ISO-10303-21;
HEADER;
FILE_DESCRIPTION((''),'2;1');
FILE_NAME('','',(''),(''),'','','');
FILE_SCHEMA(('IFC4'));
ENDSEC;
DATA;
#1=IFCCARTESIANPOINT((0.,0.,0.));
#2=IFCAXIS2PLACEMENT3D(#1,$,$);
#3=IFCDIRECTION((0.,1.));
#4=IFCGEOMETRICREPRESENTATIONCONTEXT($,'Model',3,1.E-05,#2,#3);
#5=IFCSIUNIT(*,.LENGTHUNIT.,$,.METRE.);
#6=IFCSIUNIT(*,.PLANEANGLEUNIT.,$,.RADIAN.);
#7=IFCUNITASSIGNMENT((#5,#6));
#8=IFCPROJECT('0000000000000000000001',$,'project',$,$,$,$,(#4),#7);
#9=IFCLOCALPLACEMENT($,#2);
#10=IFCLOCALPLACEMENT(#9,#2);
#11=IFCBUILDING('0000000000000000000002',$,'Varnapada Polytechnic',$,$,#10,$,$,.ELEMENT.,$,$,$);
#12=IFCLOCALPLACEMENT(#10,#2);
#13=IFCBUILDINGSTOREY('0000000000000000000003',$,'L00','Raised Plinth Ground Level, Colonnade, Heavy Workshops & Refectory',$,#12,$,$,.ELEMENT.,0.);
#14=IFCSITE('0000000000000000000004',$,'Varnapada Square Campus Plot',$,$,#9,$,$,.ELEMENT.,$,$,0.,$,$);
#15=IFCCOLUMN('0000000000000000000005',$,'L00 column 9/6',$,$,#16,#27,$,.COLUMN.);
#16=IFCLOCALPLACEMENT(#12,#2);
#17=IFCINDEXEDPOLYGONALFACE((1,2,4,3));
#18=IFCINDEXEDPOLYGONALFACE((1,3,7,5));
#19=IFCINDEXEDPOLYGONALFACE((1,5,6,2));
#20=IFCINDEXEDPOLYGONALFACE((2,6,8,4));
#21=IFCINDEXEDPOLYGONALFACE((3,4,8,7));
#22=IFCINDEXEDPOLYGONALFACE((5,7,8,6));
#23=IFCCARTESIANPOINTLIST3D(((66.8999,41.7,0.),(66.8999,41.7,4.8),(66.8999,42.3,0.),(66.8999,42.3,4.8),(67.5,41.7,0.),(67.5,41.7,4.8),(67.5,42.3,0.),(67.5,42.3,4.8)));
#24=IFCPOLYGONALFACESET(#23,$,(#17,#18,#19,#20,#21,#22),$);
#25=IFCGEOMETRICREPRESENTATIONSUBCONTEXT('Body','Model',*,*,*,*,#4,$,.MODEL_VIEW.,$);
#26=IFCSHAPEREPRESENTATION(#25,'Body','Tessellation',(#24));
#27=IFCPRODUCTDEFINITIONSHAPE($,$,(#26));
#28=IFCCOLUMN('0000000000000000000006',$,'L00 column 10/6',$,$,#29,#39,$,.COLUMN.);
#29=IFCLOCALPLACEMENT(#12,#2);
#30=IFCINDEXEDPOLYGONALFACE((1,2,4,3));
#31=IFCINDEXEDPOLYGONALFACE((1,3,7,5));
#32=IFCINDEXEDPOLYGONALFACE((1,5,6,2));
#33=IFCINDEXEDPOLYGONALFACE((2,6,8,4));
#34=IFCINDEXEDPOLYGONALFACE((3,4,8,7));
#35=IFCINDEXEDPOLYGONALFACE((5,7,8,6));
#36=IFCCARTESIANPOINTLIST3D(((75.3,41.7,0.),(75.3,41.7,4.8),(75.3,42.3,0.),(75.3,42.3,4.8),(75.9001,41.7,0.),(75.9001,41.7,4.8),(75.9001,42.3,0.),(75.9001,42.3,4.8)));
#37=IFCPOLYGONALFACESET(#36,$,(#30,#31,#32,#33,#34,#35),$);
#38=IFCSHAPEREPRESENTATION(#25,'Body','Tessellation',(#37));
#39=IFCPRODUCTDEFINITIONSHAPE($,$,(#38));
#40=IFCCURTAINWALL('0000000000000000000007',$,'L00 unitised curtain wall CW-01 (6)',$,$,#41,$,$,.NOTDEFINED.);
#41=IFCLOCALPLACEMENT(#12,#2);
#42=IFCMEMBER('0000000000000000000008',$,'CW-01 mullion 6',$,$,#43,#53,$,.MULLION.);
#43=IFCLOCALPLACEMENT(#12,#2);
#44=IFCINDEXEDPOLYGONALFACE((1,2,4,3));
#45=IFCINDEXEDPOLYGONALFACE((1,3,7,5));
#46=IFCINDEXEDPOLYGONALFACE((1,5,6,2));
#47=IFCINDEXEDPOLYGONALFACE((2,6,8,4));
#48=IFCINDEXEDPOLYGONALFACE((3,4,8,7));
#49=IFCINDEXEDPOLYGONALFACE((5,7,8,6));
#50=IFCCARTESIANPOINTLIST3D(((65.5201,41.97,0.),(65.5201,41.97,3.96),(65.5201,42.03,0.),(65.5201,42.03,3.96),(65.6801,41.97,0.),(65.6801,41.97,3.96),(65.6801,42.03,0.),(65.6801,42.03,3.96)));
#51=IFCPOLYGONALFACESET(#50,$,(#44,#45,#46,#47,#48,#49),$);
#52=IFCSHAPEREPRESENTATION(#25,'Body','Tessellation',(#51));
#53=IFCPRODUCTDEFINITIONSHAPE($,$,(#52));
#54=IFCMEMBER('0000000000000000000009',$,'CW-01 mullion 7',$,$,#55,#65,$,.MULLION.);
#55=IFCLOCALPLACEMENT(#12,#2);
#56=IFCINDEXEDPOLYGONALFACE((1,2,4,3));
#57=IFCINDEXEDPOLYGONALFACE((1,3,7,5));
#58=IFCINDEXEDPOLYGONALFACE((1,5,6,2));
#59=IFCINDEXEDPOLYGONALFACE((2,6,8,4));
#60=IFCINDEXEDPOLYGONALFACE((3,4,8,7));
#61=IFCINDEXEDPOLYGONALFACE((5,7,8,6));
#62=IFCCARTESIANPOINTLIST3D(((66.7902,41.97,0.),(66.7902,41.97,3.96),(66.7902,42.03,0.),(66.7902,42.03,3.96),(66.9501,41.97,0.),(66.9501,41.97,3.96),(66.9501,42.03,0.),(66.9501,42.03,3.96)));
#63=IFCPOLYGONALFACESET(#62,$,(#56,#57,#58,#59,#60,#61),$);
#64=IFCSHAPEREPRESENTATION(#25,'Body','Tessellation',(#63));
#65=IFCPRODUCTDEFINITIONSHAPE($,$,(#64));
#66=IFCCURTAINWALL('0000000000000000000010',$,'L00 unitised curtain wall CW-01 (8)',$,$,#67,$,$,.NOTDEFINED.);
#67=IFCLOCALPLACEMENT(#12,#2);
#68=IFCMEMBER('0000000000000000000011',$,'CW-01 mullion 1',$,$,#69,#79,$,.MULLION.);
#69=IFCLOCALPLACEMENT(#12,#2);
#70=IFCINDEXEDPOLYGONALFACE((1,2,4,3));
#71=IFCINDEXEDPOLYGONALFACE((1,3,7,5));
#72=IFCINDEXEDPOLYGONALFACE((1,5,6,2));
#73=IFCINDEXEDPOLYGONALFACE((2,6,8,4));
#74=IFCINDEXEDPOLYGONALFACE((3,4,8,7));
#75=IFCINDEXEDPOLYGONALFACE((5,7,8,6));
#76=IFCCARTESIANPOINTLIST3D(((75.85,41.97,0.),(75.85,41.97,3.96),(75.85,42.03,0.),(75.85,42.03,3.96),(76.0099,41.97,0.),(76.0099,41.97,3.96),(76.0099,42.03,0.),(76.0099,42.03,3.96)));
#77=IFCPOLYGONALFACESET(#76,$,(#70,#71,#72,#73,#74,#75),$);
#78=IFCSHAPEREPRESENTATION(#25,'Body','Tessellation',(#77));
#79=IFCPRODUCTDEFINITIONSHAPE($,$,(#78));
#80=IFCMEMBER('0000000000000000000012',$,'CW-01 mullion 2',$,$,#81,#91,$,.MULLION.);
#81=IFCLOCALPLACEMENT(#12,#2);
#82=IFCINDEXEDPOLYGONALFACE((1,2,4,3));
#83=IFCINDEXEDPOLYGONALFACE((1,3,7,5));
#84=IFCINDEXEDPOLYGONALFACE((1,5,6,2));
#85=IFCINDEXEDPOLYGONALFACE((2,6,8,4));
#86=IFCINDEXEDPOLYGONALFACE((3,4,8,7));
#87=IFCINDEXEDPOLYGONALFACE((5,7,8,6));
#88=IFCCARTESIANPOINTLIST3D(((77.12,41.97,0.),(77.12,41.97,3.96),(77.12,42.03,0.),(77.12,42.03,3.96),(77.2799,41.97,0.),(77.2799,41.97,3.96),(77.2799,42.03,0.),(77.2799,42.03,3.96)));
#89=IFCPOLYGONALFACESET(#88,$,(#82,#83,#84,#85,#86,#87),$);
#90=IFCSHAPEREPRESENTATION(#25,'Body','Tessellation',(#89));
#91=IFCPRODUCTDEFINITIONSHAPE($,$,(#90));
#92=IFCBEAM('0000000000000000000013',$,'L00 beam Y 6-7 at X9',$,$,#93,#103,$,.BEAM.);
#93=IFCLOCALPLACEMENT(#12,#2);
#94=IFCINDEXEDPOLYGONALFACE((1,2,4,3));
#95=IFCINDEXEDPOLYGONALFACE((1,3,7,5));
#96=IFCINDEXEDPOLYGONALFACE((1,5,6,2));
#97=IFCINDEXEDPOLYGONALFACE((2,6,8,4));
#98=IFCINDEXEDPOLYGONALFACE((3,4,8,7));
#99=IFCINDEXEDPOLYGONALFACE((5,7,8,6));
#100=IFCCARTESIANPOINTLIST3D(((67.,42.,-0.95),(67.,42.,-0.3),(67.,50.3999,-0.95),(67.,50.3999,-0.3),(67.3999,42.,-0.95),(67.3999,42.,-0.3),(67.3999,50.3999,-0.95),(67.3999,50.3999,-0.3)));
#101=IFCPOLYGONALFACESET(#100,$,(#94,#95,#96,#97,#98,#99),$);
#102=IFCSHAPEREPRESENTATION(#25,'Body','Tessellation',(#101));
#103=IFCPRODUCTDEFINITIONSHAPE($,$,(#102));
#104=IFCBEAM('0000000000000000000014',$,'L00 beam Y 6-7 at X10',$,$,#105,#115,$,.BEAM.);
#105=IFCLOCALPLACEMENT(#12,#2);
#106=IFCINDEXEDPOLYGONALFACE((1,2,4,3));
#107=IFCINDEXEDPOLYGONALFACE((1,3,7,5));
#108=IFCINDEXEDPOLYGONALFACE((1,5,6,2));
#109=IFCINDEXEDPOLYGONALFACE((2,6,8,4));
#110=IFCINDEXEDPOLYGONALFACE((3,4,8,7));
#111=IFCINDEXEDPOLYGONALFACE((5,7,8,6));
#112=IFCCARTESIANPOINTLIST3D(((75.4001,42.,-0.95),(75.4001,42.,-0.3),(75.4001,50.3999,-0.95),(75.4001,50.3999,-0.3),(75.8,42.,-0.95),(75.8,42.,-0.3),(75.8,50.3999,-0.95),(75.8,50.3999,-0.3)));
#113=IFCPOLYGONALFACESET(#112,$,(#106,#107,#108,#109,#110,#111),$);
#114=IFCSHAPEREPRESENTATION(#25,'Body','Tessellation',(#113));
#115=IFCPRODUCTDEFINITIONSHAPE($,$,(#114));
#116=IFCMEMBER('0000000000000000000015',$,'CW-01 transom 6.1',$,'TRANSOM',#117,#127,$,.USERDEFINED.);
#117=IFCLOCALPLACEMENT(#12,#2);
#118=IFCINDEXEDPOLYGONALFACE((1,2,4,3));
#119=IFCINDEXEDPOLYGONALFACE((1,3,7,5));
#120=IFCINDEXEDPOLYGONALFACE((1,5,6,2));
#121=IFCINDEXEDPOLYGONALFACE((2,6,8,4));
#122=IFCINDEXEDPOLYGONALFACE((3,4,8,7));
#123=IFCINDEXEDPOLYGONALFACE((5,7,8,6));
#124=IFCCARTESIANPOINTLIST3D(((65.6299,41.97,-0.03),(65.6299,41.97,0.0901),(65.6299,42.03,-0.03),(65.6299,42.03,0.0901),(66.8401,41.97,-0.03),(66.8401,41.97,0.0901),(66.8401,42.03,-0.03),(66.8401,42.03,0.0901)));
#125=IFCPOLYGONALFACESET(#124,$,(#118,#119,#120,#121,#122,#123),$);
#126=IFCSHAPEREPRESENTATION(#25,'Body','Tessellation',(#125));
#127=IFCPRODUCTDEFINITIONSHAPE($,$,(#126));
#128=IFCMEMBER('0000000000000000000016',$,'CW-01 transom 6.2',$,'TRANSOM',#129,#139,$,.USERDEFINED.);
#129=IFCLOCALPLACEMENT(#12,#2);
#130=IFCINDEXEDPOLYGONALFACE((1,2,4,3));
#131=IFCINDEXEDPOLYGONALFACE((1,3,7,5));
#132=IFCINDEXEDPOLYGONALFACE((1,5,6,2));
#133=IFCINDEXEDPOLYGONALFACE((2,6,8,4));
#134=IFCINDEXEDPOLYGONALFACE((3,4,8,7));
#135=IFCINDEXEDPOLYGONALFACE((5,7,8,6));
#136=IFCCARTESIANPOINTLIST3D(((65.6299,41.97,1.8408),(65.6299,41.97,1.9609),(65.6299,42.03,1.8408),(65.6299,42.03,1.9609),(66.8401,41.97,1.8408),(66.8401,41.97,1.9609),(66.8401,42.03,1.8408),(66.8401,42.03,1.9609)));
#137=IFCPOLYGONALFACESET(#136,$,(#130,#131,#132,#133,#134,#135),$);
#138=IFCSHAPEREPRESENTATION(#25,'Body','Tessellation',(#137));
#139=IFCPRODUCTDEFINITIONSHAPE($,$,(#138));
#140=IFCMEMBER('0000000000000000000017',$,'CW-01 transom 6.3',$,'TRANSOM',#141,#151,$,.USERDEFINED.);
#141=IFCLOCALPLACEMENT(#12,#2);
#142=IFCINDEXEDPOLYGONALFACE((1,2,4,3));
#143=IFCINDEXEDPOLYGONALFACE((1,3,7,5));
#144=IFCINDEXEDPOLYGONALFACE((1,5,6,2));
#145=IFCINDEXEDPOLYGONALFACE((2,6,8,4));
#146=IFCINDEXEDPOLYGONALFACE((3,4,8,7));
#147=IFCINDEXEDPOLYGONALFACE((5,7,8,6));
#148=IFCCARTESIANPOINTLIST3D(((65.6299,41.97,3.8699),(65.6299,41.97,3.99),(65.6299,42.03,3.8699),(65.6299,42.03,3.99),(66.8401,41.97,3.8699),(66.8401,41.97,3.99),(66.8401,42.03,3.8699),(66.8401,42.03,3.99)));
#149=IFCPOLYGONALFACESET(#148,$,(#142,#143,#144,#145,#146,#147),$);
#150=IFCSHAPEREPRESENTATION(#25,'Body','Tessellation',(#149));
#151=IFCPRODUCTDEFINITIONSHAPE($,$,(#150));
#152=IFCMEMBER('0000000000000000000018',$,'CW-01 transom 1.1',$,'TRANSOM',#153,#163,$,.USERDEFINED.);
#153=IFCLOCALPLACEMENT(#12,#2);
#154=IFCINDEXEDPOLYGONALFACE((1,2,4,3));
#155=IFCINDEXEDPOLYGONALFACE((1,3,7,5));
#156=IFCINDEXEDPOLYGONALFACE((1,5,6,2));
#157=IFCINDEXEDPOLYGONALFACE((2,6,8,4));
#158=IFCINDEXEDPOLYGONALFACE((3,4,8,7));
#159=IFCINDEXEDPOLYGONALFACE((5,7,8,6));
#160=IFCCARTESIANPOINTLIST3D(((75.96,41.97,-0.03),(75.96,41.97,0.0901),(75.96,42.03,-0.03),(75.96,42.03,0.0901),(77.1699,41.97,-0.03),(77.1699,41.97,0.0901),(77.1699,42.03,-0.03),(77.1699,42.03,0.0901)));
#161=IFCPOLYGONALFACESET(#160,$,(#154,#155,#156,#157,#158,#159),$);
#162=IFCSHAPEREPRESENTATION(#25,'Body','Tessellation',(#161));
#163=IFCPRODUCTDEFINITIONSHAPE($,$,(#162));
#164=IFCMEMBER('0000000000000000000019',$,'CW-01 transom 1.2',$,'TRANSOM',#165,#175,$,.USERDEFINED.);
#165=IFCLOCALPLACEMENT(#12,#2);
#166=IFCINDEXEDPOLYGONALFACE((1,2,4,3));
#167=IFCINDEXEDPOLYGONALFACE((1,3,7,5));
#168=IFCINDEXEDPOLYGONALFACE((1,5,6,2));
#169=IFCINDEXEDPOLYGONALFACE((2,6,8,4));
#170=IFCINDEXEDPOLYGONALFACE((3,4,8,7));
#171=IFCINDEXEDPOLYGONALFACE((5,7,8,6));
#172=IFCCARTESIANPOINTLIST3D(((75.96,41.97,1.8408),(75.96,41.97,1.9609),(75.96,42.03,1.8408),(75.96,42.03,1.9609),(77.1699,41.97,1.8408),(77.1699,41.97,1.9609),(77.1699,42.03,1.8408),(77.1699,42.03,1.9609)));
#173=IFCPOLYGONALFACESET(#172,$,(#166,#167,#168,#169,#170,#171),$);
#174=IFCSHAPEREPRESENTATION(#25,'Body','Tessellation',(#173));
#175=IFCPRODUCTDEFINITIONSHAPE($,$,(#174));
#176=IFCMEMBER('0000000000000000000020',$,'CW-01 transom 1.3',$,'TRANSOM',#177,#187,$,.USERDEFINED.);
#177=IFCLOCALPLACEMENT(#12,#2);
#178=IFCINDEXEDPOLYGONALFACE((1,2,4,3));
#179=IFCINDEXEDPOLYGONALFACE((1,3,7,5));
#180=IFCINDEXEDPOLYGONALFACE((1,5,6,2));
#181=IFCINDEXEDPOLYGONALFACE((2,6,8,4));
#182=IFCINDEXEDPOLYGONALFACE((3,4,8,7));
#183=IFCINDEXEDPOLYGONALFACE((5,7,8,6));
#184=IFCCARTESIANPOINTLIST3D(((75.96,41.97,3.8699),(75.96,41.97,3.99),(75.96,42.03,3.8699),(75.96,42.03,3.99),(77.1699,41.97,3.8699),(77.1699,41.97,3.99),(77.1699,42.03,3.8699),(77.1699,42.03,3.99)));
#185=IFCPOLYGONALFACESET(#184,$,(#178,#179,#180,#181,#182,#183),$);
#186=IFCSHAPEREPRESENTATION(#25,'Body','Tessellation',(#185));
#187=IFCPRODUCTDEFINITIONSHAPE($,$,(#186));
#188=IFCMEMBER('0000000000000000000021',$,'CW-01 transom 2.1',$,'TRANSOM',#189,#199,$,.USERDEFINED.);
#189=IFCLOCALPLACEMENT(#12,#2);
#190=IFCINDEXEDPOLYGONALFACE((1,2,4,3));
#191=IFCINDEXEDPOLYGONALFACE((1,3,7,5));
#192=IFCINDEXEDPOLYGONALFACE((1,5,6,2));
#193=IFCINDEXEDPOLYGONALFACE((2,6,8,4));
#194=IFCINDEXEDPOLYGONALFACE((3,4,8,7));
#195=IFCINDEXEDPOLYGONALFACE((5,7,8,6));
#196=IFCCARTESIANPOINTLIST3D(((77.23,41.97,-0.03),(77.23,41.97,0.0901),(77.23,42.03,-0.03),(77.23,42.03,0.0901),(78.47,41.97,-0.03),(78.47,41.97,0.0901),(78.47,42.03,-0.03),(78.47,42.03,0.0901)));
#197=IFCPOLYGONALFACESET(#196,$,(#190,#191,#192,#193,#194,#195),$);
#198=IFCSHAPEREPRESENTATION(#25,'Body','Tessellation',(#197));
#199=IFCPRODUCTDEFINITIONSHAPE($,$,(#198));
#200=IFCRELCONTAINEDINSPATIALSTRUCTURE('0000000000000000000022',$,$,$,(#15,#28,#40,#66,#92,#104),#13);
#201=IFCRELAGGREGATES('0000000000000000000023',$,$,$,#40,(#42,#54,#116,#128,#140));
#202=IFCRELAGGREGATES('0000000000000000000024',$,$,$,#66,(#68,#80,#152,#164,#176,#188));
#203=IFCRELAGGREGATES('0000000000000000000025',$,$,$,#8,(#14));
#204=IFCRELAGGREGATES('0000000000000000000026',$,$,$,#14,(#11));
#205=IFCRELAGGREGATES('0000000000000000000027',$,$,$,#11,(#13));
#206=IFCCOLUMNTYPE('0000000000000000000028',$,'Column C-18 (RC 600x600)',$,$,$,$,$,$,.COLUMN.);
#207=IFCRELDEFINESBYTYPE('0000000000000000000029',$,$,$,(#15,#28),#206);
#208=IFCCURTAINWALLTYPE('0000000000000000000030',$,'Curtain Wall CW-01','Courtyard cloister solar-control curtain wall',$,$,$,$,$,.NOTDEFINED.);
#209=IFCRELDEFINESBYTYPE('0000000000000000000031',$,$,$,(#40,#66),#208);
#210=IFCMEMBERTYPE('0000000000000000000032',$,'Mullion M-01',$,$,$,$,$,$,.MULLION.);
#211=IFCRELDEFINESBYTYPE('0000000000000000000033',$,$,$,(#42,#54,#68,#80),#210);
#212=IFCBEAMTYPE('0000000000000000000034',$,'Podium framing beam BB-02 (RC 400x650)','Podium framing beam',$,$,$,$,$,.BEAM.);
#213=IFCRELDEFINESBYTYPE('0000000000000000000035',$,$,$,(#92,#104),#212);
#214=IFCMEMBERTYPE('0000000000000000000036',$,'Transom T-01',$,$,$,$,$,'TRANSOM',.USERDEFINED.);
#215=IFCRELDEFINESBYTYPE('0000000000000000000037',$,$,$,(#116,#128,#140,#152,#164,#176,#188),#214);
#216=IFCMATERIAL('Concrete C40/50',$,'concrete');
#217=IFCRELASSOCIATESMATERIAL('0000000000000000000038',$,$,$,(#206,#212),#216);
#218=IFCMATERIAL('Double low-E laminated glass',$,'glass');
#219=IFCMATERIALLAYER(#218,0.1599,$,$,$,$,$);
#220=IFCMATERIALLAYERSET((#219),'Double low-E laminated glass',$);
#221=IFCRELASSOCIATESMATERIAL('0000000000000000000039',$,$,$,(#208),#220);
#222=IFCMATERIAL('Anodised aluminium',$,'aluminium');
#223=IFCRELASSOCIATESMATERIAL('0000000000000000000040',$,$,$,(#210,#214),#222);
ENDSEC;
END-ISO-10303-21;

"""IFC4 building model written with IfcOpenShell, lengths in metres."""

from ifc_helpers import new_model, si_unit, direction, frame, origin, origin_2d, place, context, subcontext, project, spatial, rectangle, extrude, material, layer, layer_set, material_profile, profile_set, type_object, element, aggregate, save


model = new_model("IFC4")

# Units and contexts
model_context = context("Model", 3, precision=1e-05, world=origin(), true_north=direction((0.0, 1.0)))
body_context = subcontext(model_context, "Body", "Model", "MODEL_VIEW")
ifc_project = project(units=[si_unit("LENGTHUNIT", "METRE"), si_unit("PLANEANGLEUNIT", "RADIAN")], contexts=[model_context])

# Site, building, storey
site_placement = place(None, origin())
site = spatial("IfcSite", under=ifc_project, at=site_placement, Name="Varnapada Square Campus Plot", CompositionType="ELEMENT", RefElevation=0.0)
building_placement = place(site_placement, origin())
building = spatial("IfcBuilding", under=site, at=building_placement, Name="Varnapada Polytechnic", CompositionType="ELEMENT")
storey_placement = place(building_placement, origin())
storey = spatial("IfcBuildingStorey", under=building, at=storey_placement, Name="L00", Description="Raised Plinth Ground Level, Colonnade, Heavy Workshops & Refectory", CompositionType="ELEMENT", Elevation=0.0)

# Columns
ifc_material_1 = material(Name="Concrete C40/50", Category="concrete")
ifc_material_profile_1 = material_profile(ifc_material_1, rectangle(XDim=0.6001, YDim=0.6001, at=origin_2d()), Name="RC 600x600")
ifc_profile_set_1 = profile_set([ifc_material_profile_1], Name="Concrete C40/50")
column_type = type_object("IfcColumnType", Name="Column C-18 (RC 600x600)", PredefinedType="COLUMN", material=ifc_profile_set_1)
for number, where, z_axis, x_axis, name in (
    (1, (67.2, 42.0, 0.0), (0.0, 0.0, 1.0), (1.0, 0.0, 0.0), "L00 column 9/6"),
    (2, (75.6001, 42.0, 0.0), (0.0, 0.0, 1.0), (1.0, 0.0, 0.0), "L00 column 10/6"),
):
    element("IfcColumn", number, at=place(storey_placement, frame(where, z_axis=z_axis, x_axis=x_axis)), inside=storey, type_object=column_type, Name=name, PredefinedType="COLUMN", context=body_context, shape_type="SweptSolid", body=[
        extrude(rectangle(XDim=0.6001, YDim=0.6001, at=origin_2d()), origin(), (0.0, 0.0, 1.0), 4.8),
    ])

# Curtain walls, members
ifc_material_2 = material(Name="Double low-E laminated glass", Category="glass")
ifc_layer_1 = layer(ifc_material_2, 0.1599)
ifc_layer_set_1 = layer_set([ifc_layer_1], Name="Double low-E laminated glass")
curtain_wall_type = type_object("IfcCurtainWallType", Name="Curtain Wall CW-01", Description="Courtyard cloister solar-control curtain wall", PredefinedType="NOTDEFINED", material=ifc_layer_set_1)
curtain_wall_1_placement = place(storey_placement, origin())
curtain_wall_1 = element("IfcCurtainWall", 3, at=curtain_wall_1_placement, inside=storey, type_object=curtain_wall_type, Name="L00 unitised curtain wall CW-01 (6)", PredefinedType="NOTDEFINED")
ifc_material_3 = material(Name="Anodised aluminium", Category="aluminium")
ifc_material_profile_2 = material_profile(ifc_material_3, rectangle(XDim=0.0601, YDim=0.1599, at=origin_2d()), Name="ALU M60x160")
ifc_profile_set_2 = profile_set([ifc_material_profile_2], Name="Anodised aluminium")
member_type_1 = type_object("IfcMemberType", Name="Mullion M-01", PredefinedType="MULLION", material=ifc_profile_set_2)
member_1_placement = place(storey_placement, frame((65.6001, 42.0, 0.0), z_axis=(0.0, 0.0, 1.0), x_axis=(0.0, 1.0, 0.0)))
member_1 = element("IfcMember", 4, at=member_1_placement, type_object=member_type_1, Name="CW-01 mullion 6", PredefinedType="MULLION", context=body_context, shape_type="SweptSolid", body=[
    extrude(rectangle(XDim=0.0601, YDim=0.1599, at=origin_2d()), origin(), (0.0, 0.0, 1.0), 3.96),
])
member_2_placement = place(storey_placement, frame((66.8701, 42.0, 0.0), z_axis=(0.0, 0.0, 1.0), x_axis=(0.0, 1.0, 0.0)))
member_2 = element("IfcMember", 5, at=member_2_placement, type_object=member_type_1, Name="CW-01 mullion 7", PredefinedType="MULLION", context=body_context, shape_type="SweptSolid", body=[
    extrude(rectangle(XDim=0.0601, YDim=0.1599, at=origin_2d()), origin(), (0.0, 0.0, 1.0), 3.96),
])
curtain_wall_2_placement = place(storey_placement, origin())
curtain_wall_2 = element("IfcCurtainWall", 6, at=curtain_wall_2_placement, inside=storey, type_object=curtain_wall_type, Name="L00 unitised curtain wall CW-01 (8)", PredefinedType="NOTDEFINED")
member_3_placement = place(storey_placement, frame((75.9299, 42.0, 0.0), z_axis=(0.0, 0.0, 1.0), x_axis=(0.0, 1.0, 0.0)))
member_3 = element("IfcMember", 7, at=member_3_placement, type_object=member_type_1, Name="CW-01 mullion 1", PredefinedType="MULLION", context=body_context, shape_type="SweptSolid", body=[
    extrude(rectangle(XDim=0.0601, YDim=0.1599, at=origin_2d()), origin(), (0.0, 0.0, 1.0), 3.96),
])
member_4_placement = place(storey_placement, frame((77.2, 42.0, 0.0), z_axis=(0.0, 0.0, 1.0), x_axis=(0.0, 1.0, 0.0)))
member_4 = element("IfcMember", 8, at=member_4_placement, type_object=member_type_1, Name="CW-01 mullion 2", PredefinedType="MULLION", context=body_context, shape_type="SweptSolid", body=[
    extrude(rectangle(XDim=0.0601, YDim=0.1599, at=origin_2d()), origin(), (0.0, 0.0, 1.0), 3.96),
])

# Beams
ifc_material_profile_3 = material_profile(ifc_material_1, rectangle(XDim=0.3999, YDim=0.6499, at=origin_2d()), Name="RC 400x650")
ifc_profile_set_3 = profile_set([ifc_material_profile_3], Name="Concrete C40/50")
beam_type_1 = type_object("IfcBeamType", Name="Podium framing beam BB-02 (RC 400x650)", Description="Podium framing beam", PredefinedType="BEAM", material=ifc_profile_set_3)
for number, where, z_axis, x_axis, name in (
    (9, (67.2, 42.0, -0.625), (0.0, 1.0, 0.0), (-1.0, 0.0, 0.0), "L00 beam Y 6-7 at X9"),
    (10, (75.6001, 42.0, -0.625), (0.0, 1.0, 0.0), (-1.0, 0.0, 0.0), "L00 beam Y 6-7 at X10"),
):
    element("IfcBeam", number, at=place(storey_placement, frame(where, z_axis=z_axis, x_axis=x_axis)), inside=storey, type_object=beam_type_1, Name=name, PredefinedType="BEAM", context=body_context, shape_type="SweptSolid", body=[
        extrude(rectangle(XDim=0.3999, YDim=0.6499, at=origin_2d()), origin(), (0.0, 0.0, 1.0), 8.3999),
    ])

# Members
ifc_material_profile_4 = material_profile(ifc_material_3, rectangle(XDim=0.0601, YDim=0.1201, at=origin_2d()), Name="ALU T60x120")
ifc_profile_set_4 = profile_set([ifc_material_profile_4], Name="Anodised aluminium")
member_type_2 = type_object("IfcMemberType", Name="Transom T-01", ElementType="TRANSOM", PredefinedType="USERDEFINED", material=ifc_profile_set_4)
member_5_placement = place(storey_placement, frame((65.6299, 42.0, 0.03), z_axis=(1.0, 0.0, 0.0), x_axis=(0.0, 1.0, 0.0)))
member_5 = element("IfcMember", 11, at=member_5_placement, type_object=member_type_2, Name="CW-01 transom 6.1", ObjectType="TRANSOM", PredefinedType="USERDEFINED", context=body_context, shape_type="SweptSolid", body=[
    extrude(rectangle(XDim=0.0601, YDim=0.1201, at=origin_2d()), origin(), (0.0, 0.0, 1.0), 1.2102),
])
member_6_placement = place(storey_placement, frame((65.6299, 42.0, 1.9009), z_axis=(1.0, 0.0, 0.0), x_axis=(0.0, 1.0, 0.0)))
member_6 = element("IfcMember", 12, at=member_6_placement, type_object=member_type_2, Name="CW-01 transom 6.2", ObjectType="TRANSOM", PredefinedType="USERDEFINED", context=body_context, shape_type="SweptSolid", body=[
    extrude(rectangle(XDim=0.0601, YDim=0.1201, at=origin_2d()), origin(), (0.0, 0.0, 1.0), 1.2102),
])
member_7_placement = place(storey_placement, frame((65.6299, 42.0, 3.9299), z_axis=(1.0, 0.0, 0.0), x_axis=(0.0, 1.0, 0.0)))
member_7 = element("IfcMember", 13, at=member_7_placement, type_object=member_type_2, Name="CW-01 transom 6.3", ObjectType="TRANSOM", PredefinedType="USERDEFINED", context=body_context, shape_type="SweptSolid", body=[
    extrude(rectangle(XDim=0.0601, YDim=0.1201, at=origin_2d()), origin(), (0.0, 0.0, 1.0), 1.2102),
])
member_8_placement = place(storey_placement, frame((75.96, 42.0, 0.03), z_axis=(1.0, 0.0, 0.0), x_axis=(0.0, 1.0, 0.0)))
member_8 = element("IfcMember", 14, at=member_8_placement, type_object=member_type_2, Name="CW-01 transom 1.1", ObjectType="TRANSOM", PredefinedType="USERDEFINED", context=body_context, shape_type="SweptSolid", body=[
    extrude(rectangle(XDim=0.0601, YDim=0.1201, at=origin_2d()), origin(), (0.0, 0.0, 1.0), 1.21),
])
member_9_placement = place(storey_placement, frame((75.96, 42.0, 1.9009), z_axis=(1.0, 0.0, 0.0), x_axis=(0.0, 1.0, 0.0)))
member_9 = element("IfcMember", 15, at=member_9_placement, type_object=member_type_2, Name="CW-01 transom 1.2", ObjectType="TRANSOM", PredefinedType="USERDEFINED", context=body_context, shape_type="SweptSolid", body=[
    extrude(rectangle(XDim=0.0601, YDim=0.1201, at=origin_2d()), origin(), (0.0, 0.0, 1.0), 1.21),
])
member_10_placement = place(storey_placement, frame((75.96, 42.0, 3.9299), z_axis=(1.0, 0.0, 0.0), x_axis=(0.0, 1.0, 0.0)))
member_10 = element("IfcMember", 16, at=member_10_placement, type_object=member_type_2, Name="CW-01 transom 1.3", ObjectType="TRANSOM", PredefinedType="USERDEFINED", context=body_context, shape_type="SweptSolid", body=[
    extrude(rectangle(XDim=0.0601, YDim=0.1201, at=origin_2d()), origin(), (0.0, 0.0, 1.0), 1.21),
])
member_11_placement = place(storey_placement, frame((77.23, 42.0, 0.03), z_axis=(1.0, 0.0, 0.0), x_axis=(0.0, 1.0, 0.0)))
member_11 = element("IfcMember", 17, at=member_11_placement, type_object=member_type_2, Name="CW-01 transom 2.1", ObjectType="TRANSOM", PredefinedType="USERDEFINED", context=body_context, shape_type="SweptSolid", body=[
    extrude(rectangle(XDim=0.0601, YDim=0.1201, at=origin_2d()), origin(), (0.0, 0.0, 1.0), 1.24),
])

aggregate(curtain_wall_1, [member_1, member_2, member_5, member_6, member_7])
aggregate(curtain_wall_2, [member_3, member_4, member_8, member_9, member_10, member_11])

save(model, "model.ifc")
